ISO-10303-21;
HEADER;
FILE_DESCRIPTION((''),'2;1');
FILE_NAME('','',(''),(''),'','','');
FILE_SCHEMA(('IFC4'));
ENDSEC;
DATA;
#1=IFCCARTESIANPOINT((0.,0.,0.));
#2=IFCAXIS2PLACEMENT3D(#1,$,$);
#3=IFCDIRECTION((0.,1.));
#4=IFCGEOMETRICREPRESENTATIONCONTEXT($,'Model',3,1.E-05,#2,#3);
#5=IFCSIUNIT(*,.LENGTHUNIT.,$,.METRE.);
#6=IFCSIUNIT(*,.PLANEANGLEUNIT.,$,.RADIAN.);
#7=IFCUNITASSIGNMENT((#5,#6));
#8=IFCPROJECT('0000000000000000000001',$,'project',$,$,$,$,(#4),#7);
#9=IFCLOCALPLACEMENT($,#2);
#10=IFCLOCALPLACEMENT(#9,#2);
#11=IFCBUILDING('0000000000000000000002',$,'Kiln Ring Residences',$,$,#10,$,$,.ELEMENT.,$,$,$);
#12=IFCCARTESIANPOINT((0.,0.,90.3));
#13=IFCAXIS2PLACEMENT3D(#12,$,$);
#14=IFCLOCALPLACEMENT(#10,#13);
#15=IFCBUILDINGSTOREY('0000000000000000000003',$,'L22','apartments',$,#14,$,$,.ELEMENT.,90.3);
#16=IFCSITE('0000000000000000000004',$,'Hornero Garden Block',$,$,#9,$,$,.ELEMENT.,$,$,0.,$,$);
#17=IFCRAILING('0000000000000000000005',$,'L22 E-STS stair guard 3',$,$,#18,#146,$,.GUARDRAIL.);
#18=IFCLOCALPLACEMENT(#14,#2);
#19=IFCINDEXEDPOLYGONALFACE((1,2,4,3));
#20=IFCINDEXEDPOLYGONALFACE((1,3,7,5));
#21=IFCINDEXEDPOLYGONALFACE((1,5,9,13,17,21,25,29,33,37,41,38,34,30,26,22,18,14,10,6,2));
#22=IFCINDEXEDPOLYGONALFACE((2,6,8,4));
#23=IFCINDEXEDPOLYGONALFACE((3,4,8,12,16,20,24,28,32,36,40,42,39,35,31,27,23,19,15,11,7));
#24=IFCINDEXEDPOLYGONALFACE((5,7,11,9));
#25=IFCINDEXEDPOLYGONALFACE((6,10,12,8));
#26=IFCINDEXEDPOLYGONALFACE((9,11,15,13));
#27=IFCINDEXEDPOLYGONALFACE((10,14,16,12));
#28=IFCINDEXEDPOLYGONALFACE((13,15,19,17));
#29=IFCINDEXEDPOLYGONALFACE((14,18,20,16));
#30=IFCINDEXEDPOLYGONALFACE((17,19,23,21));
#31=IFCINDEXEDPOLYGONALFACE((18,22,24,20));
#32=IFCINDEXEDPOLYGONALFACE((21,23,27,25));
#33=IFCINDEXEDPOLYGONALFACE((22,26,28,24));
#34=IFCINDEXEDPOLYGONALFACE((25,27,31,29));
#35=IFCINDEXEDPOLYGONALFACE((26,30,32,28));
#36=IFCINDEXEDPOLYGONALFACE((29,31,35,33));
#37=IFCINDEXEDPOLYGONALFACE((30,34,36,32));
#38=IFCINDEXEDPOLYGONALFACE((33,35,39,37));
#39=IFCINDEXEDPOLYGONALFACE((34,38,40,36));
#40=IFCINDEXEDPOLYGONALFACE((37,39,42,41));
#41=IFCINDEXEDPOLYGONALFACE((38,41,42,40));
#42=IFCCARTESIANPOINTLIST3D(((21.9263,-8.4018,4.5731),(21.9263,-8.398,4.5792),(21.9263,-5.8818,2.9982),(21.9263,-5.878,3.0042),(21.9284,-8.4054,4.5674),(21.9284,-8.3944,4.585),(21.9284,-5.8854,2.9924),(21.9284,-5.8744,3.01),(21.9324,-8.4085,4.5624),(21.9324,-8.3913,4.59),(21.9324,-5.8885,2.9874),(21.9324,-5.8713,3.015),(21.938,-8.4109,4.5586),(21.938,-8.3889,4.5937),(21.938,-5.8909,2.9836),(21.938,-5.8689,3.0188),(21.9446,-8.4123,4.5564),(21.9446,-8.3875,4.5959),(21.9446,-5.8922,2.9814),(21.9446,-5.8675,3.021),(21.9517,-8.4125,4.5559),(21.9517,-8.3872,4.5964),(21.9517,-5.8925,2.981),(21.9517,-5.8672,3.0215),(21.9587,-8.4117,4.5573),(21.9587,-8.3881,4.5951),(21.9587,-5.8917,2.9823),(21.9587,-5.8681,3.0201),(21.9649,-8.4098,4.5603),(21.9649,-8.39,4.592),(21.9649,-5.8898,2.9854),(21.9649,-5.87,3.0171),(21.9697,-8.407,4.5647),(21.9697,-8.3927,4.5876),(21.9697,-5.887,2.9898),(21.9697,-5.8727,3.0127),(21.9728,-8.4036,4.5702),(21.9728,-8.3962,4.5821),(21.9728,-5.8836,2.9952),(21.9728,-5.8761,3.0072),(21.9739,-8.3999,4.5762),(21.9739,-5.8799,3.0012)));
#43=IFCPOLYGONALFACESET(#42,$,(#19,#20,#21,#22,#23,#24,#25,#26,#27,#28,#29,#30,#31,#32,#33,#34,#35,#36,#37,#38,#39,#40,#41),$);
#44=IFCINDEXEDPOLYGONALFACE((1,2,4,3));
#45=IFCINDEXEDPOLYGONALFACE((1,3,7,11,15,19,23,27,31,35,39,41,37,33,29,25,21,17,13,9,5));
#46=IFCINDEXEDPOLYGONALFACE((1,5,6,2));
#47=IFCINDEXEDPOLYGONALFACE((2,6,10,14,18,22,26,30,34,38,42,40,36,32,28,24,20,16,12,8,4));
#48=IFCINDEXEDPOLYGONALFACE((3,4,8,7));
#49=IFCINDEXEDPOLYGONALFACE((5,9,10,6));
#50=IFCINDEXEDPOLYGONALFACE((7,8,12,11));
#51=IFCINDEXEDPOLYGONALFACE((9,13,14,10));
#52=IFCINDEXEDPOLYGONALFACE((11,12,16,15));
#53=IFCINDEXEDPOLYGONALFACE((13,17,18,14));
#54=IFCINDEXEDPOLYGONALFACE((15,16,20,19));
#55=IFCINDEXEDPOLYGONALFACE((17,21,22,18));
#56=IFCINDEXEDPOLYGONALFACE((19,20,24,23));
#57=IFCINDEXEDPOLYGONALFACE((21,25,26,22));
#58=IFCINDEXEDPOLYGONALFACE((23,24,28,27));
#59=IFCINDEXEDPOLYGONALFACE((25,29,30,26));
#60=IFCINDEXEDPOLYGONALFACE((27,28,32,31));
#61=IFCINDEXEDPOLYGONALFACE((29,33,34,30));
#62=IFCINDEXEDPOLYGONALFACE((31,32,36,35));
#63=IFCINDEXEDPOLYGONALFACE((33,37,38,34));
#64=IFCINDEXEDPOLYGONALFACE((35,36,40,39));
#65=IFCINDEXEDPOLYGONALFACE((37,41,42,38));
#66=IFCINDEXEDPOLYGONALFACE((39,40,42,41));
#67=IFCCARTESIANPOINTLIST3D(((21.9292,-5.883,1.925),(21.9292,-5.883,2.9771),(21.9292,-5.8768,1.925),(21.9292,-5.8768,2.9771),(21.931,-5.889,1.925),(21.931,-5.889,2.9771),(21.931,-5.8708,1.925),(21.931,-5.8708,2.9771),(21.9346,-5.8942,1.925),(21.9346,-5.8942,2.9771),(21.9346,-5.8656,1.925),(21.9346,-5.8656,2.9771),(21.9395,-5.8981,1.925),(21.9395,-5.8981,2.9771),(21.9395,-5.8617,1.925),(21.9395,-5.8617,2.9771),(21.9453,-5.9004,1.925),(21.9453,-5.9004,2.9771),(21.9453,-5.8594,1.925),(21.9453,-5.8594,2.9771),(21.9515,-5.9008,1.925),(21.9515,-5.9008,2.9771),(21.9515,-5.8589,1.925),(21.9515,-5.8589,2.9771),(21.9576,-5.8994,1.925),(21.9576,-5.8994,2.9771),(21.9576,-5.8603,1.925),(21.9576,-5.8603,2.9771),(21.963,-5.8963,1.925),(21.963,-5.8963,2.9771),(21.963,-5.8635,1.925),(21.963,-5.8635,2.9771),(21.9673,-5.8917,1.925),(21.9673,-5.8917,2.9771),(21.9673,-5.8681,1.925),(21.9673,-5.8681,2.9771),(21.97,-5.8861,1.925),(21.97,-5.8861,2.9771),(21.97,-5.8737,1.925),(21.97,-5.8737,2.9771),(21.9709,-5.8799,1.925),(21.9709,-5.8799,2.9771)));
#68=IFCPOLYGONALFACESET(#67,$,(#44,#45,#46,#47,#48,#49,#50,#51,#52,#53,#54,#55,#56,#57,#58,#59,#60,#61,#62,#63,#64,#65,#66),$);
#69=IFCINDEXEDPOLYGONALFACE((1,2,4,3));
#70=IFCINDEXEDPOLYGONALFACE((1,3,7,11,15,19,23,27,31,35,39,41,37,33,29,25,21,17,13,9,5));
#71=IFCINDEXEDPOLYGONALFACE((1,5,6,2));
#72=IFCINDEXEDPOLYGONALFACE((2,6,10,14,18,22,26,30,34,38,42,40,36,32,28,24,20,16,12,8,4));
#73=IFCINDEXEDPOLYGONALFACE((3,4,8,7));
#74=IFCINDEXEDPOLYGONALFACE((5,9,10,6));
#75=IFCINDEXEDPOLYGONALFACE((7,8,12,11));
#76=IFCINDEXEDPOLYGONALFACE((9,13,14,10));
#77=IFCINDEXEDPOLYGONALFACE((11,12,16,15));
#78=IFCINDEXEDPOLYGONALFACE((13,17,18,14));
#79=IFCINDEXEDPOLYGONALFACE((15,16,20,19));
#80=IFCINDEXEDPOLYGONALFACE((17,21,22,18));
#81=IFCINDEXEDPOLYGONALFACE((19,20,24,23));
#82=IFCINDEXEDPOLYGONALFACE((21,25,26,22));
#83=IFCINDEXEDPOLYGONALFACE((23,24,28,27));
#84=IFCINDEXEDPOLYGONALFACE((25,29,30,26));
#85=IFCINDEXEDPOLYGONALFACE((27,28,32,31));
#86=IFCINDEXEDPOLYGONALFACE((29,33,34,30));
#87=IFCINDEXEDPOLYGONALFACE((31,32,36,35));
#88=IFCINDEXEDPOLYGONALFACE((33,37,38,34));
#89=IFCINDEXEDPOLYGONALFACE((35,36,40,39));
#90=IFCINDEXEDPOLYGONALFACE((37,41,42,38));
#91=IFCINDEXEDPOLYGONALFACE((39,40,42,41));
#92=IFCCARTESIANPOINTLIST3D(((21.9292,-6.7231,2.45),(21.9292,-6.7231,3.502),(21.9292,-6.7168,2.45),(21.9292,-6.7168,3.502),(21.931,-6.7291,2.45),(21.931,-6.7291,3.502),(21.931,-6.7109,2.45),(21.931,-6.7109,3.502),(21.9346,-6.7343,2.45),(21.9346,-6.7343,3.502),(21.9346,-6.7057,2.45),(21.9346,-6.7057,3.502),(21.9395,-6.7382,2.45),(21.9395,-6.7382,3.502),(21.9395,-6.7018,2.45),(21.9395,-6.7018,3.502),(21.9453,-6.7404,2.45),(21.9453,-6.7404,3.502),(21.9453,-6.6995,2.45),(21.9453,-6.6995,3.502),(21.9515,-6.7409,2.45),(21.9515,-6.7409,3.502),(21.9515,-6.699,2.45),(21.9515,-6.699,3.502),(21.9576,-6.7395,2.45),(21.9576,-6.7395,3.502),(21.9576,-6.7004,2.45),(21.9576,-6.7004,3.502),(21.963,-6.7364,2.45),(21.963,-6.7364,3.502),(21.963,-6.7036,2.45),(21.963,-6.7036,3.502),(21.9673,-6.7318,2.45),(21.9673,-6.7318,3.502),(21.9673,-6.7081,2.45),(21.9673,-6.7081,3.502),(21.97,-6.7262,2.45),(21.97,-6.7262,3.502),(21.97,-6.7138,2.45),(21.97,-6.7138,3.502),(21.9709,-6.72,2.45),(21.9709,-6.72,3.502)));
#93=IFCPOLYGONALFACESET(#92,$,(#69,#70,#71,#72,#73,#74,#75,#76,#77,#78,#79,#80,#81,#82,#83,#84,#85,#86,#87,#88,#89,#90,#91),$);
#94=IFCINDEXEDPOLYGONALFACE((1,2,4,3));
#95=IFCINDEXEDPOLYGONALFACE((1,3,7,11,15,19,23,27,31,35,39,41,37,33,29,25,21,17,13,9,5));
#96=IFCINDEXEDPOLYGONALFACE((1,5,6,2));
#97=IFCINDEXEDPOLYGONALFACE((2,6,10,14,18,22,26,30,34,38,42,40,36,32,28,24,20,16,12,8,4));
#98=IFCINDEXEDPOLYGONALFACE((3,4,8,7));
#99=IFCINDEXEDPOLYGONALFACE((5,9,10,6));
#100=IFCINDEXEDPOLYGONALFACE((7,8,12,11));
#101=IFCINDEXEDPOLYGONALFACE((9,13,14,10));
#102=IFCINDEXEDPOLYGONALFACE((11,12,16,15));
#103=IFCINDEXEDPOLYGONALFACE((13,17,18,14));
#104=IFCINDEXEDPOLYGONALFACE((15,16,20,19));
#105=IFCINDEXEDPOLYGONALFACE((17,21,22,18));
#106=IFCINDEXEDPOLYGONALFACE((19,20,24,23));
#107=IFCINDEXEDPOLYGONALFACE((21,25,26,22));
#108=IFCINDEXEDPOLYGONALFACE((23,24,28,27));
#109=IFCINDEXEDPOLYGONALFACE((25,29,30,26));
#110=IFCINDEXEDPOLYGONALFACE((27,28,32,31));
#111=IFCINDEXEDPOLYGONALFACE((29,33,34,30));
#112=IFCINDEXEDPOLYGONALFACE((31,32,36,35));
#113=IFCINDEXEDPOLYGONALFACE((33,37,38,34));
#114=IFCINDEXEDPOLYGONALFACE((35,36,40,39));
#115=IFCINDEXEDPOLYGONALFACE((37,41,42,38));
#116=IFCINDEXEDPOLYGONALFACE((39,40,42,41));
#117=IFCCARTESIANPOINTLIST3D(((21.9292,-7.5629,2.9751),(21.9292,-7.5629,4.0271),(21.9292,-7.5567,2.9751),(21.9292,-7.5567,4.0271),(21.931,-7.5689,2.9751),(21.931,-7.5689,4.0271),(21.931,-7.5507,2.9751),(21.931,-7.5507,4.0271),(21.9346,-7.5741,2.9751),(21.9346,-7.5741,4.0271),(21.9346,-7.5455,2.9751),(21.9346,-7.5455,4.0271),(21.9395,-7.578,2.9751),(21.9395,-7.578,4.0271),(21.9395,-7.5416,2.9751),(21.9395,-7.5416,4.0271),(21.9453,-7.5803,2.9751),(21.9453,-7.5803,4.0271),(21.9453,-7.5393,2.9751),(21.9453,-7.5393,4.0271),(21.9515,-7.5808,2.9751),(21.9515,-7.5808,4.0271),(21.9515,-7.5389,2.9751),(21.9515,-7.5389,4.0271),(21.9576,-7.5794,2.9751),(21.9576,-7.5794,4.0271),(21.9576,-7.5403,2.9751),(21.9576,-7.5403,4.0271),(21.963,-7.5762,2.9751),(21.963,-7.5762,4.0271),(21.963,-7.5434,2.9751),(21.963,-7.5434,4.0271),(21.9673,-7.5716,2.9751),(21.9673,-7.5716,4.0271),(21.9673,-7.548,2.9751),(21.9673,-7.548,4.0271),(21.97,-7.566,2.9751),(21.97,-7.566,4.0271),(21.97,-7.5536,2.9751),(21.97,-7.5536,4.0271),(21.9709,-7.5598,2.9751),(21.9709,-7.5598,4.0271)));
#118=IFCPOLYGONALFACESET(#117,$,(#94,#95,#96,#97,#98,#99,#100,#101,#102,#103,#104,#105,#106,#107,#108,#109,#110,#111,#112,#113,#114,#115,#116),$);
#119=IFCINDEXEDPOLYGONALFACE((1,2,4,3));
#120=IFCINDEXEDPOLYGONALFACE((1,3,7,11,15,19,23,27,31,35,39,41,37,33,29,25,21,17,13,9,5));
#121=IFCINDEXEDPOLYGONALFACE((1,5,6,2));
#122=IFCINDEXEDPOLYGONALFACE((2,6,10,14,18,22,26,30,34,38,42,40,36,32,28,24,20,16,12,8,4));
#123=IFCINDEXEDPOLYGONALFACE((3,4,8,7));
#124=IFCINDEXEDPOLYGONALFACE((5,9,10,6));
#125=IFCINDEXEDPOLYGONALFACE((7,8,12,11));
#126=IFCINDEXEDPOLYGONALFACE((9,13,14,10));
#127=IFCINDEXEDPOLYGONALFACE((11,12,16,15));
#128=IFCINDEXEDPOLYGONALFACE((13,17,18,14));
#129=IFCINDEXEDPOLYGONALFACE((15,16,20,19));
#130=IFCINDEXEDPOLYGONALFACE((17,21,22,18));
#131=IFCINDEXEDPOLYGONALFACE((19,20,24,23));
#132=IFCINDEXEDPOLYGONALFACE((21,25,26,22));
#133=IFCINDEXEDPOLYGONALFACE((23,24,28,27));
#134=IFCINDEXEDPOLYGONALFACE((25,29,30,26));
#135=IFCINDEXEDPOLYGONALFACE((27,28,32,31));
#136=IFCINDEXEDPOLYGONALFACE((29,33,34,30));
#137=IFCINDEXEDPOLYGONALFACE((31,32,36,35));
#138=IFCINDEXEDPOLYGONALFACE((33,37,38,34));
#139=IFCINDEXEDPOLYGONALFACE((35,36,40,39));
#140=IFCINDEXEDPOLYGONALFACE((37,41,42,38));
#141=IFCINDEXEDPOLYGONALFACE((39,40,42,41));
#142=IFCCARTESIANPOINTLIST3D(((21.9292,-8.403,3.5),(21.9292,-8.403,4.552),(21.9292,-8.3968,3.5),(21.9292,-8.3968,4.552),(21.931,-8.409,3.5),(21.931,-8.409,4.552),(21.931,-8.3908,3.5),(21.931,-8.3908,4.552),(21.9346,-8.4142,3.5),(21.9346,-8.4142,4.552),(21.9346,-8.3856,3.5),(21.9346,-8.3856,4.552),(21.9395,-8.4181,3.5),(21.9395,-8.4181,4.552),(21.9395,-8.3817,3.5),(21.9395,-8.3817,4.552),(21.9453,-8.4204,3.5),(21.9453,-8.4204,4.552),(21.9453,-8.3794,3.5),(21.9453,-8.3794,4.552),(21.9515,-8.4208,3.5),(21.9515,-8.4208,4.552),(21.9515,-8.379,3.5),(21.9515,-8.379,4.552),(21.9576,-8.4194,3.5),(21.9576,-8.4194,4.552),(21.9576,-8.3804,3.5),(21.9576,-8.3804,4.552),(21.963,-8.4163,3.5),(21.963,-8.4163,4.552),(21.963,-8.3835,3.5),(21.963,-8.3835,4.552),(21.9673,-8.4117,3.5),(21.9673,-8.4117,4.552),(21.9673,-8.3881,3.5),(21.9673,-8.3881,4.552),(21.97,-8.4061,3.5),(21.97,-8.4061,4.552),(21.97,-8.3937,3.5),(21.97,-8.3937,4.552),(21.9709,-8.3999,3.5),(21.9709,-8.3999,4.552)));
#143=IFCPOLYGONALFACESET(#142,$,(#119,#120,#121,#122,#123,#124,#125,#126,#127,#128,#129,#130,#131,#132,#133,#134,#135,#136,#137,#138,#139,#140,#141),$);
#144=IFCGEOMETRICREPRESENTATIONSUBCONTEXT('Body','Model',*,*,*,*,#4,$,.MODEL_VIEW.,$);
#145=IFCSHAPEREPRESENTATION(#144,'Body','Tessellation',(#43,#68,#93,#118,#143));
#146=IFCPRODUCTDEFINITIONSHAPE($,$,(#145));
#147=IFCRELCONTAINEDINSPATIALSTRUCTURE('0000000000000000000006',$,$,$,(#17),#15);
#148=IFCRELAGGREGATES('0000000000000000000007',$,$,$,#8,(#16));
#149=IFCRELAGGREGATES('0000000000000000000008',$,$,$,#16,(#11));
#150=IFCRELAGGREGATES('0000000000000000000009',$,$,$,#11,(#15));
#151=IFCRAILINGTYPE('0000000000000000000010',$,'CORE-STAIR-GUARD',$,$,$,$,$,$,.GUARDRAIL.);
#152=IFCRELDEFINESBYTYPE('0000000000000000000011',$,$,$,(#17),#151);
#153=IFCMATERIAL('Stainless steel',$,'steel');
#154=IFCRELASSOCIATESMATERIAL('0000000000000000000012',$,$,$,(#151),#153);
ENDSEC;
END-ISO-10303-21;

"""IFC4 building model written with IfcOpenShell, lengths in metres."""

from ifc_helpers import new_model, si_unit, direction, frame, origin, origin_2d, place, context, subcontext, project, spatial, circle, extrude, material, type_object, element, save


model = new_model("IFC4")

# Units and contexts
model_context = context("Model", 3, precision=1e-05, world=origin(), true_north=direction((0.0, 1.0)))
body_context = subcontext(model_context, "Body", "Model", "MODEL_VIEW")
ifc_project = project(units=[si_unit("LENGTHUNIT", "METRE"), si_unit("PLANEANGLEUNIT", "RADIAN")], contexts=[model_context])

# Site, building, storey
site_placement = place(None, origin())
site = spatial("IfcSite", under=ifc_project, at=site_placement, Name="Hornero Garden Block", CompositionType="ELEMENT", RefElevation=0.0)
building_placement = place(site_placement, origin())
building = spatial("IfcBuilding", under=site, at=building_placement, Name="Kiln Ring Residences", CompositionType="ELEMENT")
storey_placement = place(building_placement, frame((0.0, 0.0, 90.3)))
storey = spatial("IfcBuildingStorey", under=building, at=storey_placement, Name="L22", Description="apartments", CompositionType="ELEMENT", Elevation=90.3)

# Railing
ifc_material_1 = material(Name="Stainless steel", Category="steel")
railing_type_1 = type_object("IfcRailingType", Name="CORE-STAIR-GUARD", PredefinedType="GUARDRAIL", material=ifc_material_1)
railing_1_placement = place(storey_placement, frame((21.95, -5.8799, 1.925)))
element("IfcRailing", 1, at=railing_1_placement, inside=storey, type_object=railing_type_1, Name="L22 E-STS stair guard 3", PredefinedType="GUARDRAIL", context=body_context, shape_type="SweptSolid", body=[
    extrude(circle(Radius=0.0239, at=origin_2d()), frame((0.0, 0.0, 1.0762), z_axis=(0.0, -0.848008, 0.529984), x_axis=(1.0, 0.0, 0.0)), (0.0, 0.0, 1.0), 2.9717),
    extrude(circle(Radius=0.021, at=origin_2d()), origin(), (0.0, 0.0, 1.0), 1.052),
    extrude(circle(Radius=0.021, at=origin_2d()), frame((0.0, -0.8401, 0.5249)), (0.0, 0.0, 1.0), 1.052),
    extrude(circle(Radius=0.021, at=origin_2d()), frame((0.0, -1.6799, 1.05)), (0.0, 0.0, 1.0), 1.052),
    extrude(circle(Radius=0.021, at=origin_2d()), frame((0.0, -2.52, 1.575)), (0.0, 0.0, 1.0), 1.052),
])

save(model, "model.ifc")
